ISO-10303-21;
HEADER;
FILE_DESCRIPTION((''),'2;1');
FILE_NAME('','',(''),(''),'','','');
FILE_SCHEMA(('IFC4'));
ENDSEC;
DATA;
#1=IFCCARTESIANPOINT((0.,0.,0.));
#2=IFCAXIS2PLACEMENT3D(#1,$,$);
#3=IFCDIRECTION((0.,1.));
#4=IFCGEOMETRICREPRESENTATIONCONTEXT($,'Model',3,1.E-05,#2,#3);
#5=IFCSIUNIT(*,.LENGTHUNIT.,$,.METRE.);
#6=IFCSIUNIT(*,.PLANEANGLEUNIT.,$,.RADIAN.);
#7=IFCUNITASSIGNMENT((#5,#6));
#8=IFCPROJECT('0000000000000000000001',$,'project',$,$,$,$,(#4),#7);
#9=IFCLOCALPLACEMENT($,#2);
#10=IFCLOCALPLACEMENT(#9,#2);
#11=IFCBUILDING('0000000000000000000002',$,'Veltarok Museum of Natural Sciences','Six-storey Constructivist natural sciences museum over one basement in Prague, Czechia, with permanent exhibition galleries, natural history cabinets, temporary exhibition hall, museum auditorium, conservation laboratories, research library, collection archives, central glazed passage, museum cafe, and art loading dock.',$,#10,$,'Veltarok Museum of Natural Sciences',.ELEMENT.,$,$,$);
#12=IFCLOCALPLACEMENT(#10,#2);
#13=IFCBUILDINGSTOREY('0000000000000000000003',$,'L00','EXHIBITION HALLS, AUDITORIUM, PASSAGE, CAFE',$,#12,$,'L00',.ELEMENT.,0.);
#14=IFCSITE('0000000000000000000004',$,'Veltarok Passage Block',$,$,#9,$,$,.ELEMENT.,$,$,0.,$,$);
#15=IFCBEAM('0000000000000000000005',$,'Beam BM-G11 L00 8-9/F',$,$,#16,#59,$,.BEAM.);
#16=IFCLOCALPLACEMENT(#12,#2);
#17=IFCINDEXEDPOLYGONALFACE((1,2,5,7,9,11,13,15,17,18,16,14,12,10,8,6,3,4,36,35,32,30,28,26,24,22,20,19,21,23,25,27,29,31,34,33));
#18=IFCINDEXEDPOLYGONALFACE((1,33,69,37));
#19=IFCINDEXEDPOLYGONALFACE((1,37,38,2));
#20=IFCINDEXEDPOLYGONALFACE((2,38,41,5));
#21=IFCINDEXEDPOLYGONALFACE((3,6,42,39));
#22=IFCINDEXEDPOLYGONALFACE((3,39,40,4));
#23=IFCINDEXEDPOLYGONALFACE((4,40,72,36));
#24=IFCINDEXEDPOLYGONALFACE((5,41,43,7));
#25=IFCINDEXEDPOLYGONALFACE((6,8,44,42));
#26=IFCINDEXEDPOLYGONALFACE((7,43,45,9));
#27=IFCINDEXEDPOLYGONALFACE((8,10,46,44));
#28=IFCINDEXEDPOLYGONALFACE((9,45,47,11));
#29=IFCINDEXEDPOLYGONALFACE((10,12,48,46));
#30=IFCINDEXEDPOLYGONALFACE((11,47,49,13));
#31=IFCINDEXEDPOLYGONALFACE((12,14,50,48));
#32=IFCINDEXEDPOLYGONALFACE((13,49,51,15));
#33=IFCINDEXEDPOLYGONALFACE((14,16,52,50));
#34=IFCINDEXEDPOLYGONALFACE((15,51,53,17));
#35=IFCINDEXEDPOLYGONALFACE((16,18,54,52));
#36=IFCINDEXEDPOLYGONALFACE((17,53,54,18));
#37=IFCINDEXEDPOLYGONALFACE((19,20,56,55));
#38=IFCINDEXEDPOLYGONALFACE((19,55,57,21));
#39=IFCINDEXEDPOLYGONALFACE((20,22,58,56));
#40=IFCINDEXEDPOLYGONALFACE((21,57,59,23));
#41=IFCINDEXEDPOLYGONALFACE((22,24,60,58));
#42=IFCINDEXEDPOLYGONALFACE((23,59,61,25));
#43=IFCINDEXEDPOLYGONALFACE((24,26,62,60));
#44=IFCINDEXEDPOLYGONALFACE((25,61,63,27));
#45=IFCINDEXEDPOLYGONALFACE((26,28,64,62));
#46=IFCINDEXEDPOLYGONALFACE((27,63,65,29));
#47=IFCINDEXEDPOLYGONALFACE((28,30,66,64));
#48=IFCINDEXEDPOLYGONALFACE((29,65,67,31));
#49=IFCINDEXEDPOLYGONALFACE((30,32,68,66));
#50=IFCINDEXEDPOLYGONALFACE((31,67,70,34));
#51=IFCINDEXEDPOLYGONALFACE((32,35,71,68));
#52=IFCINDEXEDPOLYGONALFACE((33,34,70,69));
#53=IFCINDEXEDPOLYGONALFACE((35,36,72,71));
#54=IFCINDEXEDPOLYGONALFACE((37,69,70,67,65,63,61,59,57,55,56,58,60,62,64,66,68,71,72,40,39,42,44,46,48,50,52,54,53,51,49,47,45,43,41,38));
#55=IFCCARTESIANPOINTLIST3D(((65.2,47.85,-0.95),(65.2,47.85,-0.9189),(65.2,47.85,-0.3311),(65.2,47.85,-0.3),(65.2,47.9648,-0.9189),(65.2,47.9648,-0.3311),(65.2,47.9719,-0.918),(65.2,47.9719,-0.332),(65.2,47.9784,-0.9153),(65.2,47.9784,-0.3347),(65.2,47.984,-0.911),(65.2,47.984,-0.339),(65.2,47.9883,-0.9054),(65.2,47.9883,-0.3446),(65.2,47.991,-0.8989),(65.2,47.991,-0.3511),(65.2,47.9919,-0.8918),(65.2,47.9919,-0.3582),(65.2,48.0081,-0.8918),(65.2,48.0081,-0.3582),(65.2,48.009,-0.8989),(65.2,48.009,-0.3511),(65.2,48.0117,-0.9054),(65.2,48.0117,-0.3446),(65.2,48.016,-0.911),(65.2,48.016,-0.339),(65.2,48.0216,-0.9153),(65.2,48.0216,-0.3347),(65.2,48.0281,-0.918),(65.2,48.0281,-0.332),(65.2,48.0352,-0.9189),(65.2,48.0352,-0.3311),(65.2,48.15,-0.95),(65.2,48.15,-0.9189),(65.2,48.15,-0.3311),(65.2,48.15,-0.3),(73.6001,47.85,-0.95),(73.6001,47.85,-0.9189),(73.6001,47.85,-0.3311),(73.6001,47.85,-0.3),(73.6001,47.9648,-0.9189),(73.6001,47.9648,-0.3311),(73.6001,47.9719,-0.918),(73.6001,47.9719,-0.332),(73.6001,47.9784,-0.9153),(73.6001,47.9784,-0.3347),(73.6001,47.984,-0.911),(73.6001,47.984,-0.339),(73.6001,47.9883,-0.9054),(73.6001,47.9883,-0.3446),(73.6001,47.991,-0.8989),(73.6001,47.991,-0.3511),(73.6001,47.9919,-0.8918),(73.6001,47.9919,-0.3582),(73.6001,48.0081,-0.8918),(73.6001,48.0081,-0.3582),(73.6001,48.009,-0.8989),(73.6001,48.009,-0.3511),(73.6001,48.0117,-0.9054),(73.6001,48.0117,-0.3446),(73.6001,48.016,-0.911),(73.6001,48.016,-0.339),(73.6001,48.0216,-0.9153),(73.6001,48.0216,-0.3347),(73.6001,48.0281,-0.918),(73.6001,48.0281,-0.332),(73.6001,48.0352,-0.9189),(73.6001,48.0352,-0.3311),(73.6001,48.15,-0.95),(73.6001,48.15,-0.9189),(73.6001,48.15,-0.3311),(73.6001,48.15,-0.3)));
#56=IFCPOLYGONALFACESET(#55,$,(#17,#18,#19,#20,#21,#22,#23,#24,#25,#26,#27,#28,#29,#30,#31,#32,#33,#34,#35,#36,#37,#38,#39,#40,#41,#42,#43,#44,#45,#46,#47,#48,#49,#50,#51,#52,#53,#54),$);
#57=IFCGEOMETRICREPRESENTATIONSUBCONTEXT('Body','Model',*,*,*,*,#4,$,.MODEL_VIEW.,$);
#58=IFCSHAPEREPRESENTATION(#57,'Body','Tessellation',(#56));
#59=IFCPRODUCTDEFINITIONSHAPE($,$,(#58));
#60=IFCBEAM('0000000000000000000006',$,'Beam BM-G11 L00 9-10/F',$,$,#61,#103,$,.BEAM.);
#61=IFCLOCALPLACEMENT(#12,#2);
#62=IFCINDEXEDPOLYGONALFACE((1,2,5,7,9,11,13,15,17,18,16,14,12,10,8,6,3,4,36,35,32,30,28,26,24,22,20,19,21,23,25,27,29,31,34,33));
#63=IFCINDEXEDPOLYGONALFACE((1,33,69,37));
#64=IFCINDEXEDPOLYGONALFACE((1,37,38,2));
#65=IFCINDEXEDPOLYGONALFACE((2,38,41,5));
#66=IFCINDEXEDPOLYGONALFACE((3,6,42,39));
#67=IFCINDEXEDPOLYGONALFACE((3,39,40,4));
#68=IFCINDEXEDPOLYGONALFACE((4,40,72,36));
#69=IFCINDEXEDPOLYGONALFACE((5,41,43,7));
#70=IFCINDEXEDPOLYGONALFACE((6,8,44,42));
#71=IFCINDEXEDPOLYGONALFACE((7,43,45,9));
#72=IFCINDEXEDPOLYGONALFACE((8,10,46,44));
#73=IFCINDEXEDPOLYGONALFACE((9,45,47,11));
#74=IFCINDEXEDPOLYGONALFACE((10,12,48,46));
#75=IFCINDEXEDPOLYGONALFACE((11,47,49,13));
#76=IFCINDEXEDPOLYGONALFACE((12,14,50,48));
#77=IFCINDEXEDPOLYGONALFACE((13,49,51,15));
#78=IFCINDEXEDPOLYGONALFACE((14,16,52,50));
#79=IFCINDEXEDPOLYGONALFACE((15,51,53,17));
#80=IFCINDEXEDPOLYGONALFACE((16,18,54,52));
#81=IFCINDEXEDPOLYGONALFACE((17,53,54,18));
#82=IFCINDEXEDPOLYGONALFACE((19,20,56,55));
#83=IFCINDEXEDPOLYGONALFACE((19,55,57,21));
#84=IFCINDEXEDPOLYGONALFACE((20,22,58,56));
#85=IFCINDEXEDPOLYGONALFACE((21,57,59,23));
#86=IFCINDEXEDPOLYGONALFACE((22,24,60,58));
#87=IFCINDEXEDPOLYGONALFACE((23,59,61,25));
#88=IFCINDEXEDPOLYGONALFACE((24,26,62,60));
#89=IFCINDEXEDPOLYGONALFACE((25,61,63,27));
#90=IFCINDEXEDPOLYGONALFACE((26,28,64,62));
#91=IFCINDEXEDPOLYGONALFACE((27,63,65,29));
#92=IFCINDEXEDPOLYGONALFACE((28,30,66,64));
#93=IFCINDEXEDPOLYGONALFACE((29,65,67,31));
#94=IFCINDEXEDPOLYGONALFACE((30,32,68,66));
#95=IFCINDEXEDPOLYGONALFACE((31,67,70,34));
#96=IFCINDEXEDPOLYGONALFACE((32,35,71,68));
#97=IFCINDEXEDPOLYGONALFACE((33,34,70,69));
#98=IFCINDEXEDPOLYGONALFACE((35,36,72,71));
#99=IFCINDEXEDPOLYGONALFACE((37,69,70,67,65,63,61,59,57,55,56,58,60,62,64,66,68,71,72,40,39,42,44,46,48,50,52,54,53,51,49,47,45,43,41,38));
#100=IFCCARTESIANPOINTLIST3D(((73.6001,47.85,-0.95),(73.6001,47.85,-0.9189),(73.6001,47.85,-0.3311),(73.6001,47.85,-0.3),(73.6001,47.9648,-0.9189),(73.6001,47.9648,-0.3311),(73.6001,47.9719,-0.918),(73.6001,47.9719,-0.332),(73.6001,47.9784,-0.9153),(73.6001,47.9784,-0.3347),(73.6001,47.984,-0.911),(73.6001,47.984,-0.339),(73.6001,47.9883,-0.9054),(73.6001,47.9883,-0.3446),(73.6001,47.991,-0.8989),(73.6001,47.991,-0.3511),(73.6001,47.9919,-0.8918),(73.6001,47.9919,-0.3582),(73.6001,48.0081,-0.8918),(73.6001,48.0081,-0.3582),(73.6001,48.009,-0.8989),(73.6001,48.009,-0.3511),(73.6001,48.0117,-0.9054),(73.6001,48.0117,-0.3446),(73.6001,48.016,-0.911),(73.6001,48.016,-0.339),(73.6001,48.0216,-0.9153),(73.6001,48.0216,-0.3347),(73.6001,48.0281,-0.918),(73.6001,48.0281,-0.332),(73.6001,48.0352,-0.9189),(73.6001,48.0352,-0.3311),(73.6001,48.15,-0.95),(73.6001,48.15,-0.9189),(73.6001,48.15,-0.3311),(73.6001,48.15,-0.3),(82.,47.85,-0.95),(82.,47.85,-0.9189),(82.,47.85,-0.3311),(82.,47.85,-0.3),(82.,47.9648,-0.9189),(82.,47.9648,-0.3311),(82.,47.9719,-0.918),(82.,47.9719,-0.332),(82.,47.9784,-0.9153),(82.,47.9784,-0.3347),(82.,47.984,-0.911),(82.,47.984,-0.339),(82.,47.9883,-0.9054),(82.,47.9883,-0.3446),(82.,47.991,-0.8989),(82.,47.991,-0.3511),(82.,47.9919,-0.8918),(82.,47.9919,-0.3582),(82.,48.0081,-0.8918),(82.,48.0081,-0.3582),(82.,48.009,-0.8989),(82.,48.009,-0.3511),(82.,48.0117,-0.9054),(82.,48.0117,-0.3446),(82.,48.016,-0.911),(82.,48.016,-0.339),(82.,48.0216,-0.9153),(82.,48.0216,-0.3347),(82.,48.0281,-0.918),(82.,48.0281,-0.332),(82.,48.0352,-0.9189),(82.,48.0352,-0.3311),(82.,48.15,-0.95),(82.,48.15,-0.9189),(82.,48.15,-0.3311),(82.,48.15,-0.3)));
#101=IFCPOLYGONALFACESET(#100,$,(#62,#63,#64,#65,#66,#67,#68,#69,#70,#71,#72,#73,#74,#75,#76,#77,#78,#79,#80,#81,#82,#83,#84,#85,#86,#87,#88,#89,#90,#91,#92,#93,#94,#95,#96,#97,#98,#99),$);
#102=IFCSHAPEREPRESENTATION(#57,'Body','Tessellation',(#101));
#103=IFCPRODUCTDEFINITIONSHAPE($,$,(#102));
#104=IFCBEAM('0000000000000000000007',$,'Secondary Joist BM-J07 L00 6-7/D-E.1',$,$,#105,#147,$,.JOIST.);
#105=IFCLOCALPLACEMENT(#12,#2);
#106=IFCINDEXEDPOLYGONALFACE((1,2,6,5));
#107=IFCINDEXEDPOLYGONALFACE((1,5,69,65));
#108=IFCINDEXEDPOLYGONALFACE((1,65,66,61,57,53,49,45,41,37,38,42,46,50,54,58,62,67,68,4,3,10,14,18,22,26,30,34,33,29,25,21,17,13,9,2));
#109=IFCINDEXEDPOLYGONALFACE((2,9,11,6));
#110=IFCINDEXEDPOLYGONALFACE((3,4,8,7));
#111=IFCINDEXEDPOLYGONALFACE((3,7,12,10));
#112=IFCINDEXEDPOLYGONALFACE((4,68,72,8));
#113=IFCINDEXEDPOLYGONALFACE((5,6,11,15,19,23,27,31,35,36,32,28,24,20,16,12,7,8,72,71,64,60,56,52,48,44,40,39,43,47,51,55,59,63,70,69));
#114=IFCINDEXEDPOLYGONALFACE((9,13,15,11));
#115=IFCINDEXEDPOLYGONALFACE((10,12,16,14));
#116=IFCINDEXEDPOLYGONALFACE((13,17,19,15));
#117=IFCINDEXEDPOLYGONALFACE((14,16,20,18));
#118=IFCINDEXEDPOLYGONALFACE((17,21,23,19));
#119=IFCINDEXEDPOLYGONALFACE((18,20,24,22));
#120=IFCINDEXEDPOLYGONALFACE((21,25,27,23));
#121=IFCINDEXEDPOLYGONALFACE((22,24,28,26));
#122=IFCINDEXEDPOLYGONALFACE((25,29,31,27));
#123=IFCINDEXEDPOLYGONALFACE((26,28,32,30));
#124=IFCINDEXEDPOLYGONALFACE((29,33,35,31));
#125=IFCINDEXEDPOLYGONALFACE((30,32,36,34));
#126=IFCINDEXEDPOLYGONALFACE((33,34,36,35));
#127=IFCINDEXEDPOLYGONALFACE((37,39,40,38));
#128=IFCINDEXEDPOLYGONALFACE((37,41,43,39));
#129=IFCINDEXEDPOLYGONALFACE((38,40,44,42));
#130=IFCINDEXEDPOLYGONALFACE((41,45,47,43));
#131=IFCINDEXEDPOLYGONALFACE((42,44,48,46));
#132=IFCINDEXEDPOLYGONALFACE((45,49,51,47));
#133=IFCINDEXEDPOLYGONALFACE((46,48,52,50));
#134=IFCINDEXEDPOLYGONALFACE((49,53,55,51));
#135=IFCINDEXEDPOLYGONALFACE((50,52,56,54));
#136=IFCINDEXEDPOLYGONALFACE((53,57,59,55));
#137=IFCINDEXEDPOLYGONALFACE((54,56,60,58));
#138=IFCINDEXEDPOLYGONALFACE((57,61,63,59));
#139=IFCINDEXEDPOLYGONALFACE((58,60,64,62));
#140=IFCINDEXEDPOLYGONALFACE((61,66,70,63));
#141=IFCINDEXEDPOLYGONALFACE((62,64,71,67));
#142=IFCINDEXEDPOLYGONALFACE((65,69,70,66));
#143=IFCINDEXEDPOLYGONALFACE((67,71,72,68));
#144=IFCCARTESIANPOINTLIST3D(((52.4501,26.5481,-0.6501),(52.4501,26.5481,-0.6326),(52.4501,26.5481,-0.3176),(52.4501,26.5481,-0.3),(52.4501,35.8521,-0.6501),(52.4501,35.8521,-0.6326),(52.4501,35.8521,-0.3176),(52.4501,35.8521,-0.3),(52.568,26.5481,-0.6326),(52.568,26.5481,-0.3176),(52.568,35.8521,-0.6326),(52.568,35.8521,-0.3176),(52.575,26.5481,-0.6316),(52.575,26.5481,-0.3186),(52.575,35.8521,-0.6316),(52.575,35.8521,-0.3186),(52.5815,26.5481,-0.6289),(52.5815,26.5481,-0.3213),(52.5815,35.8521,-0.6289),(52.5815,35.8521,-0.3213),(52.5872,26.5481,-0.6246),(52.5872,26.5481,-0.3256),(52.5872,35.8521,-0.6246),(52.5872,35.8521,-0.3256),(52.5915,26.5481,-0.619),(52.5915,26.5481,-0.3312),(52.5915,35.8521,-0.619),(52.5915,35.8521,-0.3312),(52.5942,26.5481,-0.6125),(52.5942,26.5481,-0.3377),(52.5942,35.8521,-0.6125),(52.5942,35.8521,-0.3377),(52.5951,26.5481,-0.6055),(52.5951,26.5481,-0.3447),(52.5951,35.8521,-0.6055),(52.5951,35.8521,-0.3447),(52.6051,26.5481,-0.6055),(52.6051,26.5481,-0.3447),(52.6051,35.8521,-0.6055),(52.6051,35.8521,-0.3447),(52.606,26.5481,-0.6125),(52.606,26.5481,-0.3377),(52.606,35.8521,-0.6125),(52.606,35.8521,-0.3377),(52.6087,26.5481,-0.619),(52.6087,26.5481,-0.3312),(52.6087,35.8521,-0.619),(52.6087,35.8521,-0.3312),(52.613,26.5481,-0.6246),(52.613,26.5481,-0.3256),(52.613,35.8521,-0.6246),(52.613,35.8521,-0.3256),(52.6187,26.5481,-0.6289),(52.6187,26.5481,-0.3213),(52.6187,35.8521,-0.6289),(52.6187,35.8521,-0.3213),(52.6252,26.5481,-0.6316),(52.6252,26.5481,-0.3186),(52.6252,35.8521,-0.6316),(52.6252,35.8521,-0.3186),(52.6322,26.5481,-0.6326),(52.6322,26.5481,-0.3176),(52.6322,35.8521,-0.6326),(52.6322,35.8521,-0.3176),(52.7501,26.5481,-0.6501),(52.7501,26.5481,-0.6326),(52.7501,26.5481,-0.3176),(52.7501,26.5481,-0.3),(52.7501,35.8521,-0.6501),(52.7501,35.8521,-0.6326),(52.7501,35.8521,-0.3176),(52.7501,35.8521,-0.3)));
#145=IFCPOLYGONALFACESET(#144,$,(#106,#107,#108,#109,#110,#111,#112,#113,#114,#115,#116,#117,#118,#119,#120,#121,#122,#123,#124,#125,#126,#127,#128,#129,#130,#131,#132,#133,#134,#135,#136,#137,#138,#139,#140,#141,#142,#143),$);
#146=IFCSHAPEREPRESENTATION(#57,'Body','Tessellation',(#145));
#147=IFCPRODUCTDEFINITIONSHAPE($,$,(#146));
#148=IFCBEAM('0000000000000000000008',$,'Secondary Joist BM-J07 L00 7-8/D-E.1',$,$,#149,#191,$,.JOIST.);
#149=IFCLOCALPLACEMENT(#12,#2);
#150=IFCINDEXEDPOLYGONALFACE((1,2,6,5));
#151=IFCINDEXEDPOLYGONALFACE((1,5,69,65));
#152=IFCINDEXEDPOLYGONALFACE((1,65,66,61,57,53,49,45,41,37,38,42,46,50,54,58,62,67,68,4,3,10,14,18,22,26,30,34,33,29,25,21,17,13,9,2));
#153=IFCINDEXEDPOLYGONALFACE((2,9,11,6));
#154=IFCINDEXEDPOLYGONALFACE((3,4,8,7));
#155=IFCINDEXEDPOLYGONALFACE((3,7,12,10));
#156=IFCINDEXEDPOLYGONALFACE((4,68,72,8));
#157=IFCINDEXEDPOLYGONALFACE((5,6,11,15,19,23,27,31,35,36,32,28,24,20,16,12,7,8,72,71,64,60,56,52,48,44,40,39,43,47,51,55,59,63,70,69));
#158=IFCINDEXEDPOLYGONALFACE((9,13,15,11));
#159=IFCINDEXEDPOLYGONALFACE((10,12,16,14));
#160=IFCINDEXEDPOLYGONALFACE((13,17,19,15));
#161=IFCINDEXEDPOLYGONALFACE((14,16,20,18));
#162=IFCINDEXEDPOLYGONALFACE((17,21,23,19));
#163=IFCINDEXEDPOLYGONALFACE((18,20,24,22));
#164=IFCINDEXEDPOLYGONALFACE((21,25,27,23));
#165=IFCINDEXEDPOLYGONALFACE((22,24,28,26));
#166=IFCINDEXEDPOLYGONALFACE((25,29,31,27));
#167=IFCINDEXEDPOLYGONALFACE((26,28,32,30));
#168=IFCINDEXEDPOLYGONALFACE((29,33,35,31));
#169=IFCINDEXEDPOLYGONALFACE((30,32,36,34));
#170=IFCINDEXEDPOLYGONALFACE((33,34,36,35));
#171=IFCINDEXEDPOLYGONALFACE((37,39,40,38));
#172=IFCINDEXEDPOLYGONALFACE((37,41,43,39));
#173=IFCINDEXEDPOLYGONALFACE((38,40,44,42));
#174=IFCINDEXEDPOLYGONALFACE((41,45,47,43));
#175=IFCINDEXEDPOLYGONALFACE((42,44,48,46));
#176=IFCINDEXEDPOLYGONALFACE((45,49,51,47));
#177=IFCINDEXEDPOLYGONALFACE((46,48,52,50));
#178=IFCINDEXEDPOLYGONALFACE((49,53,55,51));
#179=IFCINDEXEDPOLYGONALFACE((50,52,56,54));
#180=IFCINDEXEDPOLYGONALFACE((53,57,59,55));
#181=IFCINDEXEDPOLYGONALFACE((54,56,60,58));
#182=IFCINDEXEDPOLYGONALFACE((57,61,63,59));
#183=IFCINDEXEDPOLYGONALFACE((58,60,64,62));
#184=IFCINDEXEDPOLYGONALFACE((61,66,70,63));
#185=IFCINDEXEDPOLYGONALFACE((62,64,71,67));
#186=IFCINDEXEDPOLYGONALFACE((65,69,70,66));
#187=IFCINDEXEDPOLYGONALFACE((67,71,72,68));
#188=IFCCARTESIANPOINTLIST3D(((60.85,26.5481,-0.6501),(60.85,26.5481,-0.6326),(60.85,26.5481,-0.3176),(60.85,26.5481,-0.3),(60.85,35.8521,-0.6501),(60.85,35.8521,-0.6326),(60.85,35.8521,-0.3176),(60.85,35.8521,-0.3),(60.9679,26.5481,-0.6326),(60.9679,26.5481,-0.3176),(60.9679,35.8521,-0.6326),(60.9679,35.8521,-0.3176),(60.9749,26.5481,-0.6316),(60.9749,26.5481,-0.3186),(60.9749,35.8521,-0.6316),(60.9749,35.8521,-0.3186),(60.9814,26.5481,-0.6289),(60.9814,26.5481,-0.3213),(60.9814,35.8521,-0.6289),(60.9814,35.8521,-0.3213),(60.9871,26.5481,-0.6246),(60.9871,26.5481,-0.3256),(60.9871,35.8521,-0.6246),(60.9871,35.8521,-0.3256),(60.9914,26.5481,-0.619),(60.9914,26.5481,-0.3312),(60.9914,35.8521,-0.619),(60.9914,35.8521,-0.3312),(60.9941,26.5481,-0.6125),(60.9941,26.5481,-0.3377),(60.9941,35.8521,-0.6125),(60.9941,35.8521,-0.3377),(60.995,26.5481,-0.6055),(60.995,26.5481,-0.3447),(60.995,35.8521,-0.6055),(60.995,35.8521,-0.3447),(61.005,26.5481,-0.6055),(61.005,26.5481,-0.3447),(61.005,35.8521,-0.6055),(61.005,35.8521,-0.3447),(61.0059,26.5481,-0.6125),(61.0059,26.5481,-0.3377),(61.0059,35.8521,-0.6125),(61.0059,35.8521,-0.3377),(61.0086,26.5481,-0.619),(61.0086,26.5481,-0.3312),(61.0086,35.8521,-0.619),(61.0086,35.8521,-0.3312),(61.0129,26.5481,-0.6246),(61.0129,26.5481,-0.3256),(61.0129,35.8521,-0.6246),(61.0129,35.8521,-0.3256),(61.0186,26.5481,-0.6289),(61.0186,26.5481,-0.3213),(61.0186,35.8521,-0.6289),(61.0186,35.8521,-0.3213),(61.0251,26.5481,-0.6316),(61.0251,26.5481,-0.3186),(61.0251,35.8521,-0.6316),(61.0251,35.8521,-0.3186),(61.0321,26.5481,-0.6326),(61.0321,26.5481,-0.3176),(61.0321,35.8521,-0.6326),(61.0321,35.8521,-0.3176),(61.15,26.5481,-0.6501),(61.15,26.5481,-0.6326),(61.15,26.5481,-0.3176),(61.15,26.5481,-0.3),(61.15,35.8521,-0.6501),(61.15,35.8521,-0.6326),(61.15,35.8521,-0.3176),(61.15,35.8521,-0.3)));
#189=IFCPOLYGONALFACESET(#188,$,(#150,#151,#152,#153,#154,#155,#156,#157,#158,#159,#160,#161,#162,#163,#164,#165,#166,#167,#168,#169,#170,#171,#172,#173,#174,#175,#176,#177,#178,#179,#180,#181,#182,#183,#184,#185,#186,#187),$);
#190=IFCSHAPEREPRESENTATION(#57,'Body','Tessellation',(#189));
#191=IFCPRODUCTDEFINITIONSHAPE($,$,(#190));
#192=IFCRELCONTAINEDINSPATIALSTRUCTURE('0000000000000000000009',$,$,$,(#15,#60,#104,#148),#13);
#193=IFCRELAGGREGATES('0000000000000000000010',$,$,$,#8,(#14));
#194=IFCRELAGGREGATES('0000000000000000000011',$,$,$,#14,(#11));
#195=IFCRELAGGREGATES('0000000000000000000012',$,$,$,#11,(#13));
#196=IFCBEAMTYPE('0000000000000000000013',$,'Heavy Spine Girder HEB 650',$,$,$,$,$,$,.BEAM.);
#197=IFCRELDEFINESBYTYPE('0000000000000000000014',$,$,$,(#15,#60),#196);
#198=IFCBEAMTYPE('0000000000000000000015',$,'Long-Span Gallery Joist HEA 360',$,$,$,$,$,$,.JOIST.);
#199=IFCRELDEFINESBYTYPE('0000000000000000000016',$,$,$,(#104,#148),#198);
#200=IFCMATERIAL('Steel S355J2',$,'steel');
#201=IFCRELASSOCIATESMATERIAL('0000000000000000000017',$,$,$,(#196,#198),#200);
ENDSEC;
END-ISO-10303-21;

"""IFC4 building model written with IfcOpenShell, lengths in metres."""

from ifc_helpers import new_model, si_unit, direction, frame, origin, origin_2d, place, context, subcontext, project, spatial, i_section, extrude, material, material_profile, profile_set, type_object, element, save


model = new_model("IFC4")

# Units and contexts
model_context = context("Model", 3, precision=1e-05, world=origin(), true_north=direction((0.0, 1.0)))
body_context = subcontext(model_context, "Body", "Model", "MODEL_VIEW")
ifc_project = project(units=[si_unit("LENGTHUNIT", "METRE"), si_unit("PLANEANGLEUNIT", "RADIAN")], contexts=[model_context])

# Site, building, storey
site_placement = place(None, origin())
site = spatial("IfcSite", under=ifc_project, at=site_placement, Name="Veltarok Passage Block", CompositionType="ELEMENT", RefElevation=0.0)
building_placement = place(site_placement, origin())
building = spatial("IfcBuilding", under=site, at=building_placement, Name="Veltarok Museum of Natural Sciences", Description="Six-storey Constructivist natural sciences museum over one basement in Prague, Czechia, with permanent exhibition galleries, natural history cabinets, temporary exhibition hall, museum auditorium, conservation laboratories, research library, collection archives, central glazed passage, museum cafe, and art loading dock.", LongName="Veltarok Museum of Natural Sciences", CompositionType="ELEMENT")
storey_placement = place(building_placement, origin())
storey = spatial("IfcBuildingStorey", under=building, at=storey_placement, Name="L00", Description="EXHIBITION HALLS, AUDITORIUM, PASSAGE, CAFE", LongName="L00", CompositionType="ELEMENT", Elevation=0.0)

# Shared definitions
ifc_material_1 = material(Name="Steel S355J2", Category="steel")

# Beams
ifc_material_profile_1 = material_profile(ifc_material_1, i_section(OverallWidth=0.3, OverallDepth=0.6499, WebThickness=0.0161, FlangeThickness=0.031, FilletRadius=0.0271, at=origin_2d()), Name="HEB 650")
ifc_profile_set_1 = profile_set([ifc_material_profile_1], Name="Steel S355J2")
beam_type_1 = type_object("IfcBeamType", Name="Heavy Spine Girder HEB 650", PredefinedType="BEAM", material=ifc_profile_set_1)
beam_1_placement = place(storey_placement, frame((65.2, 48.0, -0.625), z_axis=(1.0, 0.0, 0.0), x_axis=(0.0, 1.0, 0.0)))
element("IfcBeam", 1, at=beam_1_placement, inside=storey, type_object=beam_type_1, Name="Beam BM-G11 L00 8-9/F", PredefinedType="BEAM", context=body_context, shape_type="SweptSolid", body=[
    extrude(i_section(OverallWidth=0.3, OverallDepth=0.6499, WebThickness=0.0161, FlangeThickness=0.031, FilletRadius=0.0271, at=origin_2d()), origin(), (0.0, 0.0, 1.0), 8.4001),
])
beam_2_placement = place(storey_placement, frame((73.6001, 48.0, -0.625), z_axis=(1.0, 0.0, 0.0), x_axis=(0.0, 1.0, 0.0)))
element("IfcBeam", 2, at=beam_2_placement, inside=storey, type_object=beam_type_1, Name="Beam BM-G11 L00 9-10/F", PredefinedType="BEAM", context=body_context, shape_type="SweptSolid", body=[
    extrude(i_section(OverallWidth=0.3, OverallDepth=0.6499, WebThickness=0.0161, FlangeThickness=0.031, FilletRadius=0.0271, at=origin_2d()), origin(), (0.0, 0.0, 1.0), 8.3999),
])
ifc_material_profile_2 = material_profile(ifc_material_1, i_section(OverallWidth=0.3, OverallDepth=0.3501, WebThickness=0.01, FlangeThickness=0.0176, FilletRadius=0.0271, at=origin_2d()), Name="HEA 360")
ifc_profile_set_2 = profile_set([ifc_material_profile_2], Name="Steel S355J2")
beam_type_2 = type_object("IfcBeamType", Name="Long-Span Gallery Joist HEA 360", PredefinedType="JOIST", material=ifc_profile_set_2)
for number, where, z_axis, x_axis, name in (
    (3, (52.6001, 26.5481, -0.4751), (0.0, 1.0, 0.0), (-1.0, 0.0, 0.0), "Secondary Joist BM-J07 L00 6-7/D-E.1"),
    (4, (61.0, 26.5481, -0.4751), (0.0, 1.0, 0.0), (-1.0, 0.0, 0.0), "Secondary Joist BM-J07 L00 7-8/D-E.1"),
):
    element("IfcBeam", number, at=place(storey_placement, frame(where, z_axis=z_axis, x_axis=x_axis)), inside=storey, type_object=beam_type_2, Name=name, PredefinedType="JOIST", context=body_context, shape_type="SweptSolid", body=[
        extrude(i_section(OverallWidth=0.3, OverallDepth=0.3501, WebThickness=0.01, FlangeThickness=0.0176, FilletRadius=0.0271, at=origin_2d()), origin(), (0.0, 0.0, 1.0), 9.304),
    ])

save(model, "model.ifc")
